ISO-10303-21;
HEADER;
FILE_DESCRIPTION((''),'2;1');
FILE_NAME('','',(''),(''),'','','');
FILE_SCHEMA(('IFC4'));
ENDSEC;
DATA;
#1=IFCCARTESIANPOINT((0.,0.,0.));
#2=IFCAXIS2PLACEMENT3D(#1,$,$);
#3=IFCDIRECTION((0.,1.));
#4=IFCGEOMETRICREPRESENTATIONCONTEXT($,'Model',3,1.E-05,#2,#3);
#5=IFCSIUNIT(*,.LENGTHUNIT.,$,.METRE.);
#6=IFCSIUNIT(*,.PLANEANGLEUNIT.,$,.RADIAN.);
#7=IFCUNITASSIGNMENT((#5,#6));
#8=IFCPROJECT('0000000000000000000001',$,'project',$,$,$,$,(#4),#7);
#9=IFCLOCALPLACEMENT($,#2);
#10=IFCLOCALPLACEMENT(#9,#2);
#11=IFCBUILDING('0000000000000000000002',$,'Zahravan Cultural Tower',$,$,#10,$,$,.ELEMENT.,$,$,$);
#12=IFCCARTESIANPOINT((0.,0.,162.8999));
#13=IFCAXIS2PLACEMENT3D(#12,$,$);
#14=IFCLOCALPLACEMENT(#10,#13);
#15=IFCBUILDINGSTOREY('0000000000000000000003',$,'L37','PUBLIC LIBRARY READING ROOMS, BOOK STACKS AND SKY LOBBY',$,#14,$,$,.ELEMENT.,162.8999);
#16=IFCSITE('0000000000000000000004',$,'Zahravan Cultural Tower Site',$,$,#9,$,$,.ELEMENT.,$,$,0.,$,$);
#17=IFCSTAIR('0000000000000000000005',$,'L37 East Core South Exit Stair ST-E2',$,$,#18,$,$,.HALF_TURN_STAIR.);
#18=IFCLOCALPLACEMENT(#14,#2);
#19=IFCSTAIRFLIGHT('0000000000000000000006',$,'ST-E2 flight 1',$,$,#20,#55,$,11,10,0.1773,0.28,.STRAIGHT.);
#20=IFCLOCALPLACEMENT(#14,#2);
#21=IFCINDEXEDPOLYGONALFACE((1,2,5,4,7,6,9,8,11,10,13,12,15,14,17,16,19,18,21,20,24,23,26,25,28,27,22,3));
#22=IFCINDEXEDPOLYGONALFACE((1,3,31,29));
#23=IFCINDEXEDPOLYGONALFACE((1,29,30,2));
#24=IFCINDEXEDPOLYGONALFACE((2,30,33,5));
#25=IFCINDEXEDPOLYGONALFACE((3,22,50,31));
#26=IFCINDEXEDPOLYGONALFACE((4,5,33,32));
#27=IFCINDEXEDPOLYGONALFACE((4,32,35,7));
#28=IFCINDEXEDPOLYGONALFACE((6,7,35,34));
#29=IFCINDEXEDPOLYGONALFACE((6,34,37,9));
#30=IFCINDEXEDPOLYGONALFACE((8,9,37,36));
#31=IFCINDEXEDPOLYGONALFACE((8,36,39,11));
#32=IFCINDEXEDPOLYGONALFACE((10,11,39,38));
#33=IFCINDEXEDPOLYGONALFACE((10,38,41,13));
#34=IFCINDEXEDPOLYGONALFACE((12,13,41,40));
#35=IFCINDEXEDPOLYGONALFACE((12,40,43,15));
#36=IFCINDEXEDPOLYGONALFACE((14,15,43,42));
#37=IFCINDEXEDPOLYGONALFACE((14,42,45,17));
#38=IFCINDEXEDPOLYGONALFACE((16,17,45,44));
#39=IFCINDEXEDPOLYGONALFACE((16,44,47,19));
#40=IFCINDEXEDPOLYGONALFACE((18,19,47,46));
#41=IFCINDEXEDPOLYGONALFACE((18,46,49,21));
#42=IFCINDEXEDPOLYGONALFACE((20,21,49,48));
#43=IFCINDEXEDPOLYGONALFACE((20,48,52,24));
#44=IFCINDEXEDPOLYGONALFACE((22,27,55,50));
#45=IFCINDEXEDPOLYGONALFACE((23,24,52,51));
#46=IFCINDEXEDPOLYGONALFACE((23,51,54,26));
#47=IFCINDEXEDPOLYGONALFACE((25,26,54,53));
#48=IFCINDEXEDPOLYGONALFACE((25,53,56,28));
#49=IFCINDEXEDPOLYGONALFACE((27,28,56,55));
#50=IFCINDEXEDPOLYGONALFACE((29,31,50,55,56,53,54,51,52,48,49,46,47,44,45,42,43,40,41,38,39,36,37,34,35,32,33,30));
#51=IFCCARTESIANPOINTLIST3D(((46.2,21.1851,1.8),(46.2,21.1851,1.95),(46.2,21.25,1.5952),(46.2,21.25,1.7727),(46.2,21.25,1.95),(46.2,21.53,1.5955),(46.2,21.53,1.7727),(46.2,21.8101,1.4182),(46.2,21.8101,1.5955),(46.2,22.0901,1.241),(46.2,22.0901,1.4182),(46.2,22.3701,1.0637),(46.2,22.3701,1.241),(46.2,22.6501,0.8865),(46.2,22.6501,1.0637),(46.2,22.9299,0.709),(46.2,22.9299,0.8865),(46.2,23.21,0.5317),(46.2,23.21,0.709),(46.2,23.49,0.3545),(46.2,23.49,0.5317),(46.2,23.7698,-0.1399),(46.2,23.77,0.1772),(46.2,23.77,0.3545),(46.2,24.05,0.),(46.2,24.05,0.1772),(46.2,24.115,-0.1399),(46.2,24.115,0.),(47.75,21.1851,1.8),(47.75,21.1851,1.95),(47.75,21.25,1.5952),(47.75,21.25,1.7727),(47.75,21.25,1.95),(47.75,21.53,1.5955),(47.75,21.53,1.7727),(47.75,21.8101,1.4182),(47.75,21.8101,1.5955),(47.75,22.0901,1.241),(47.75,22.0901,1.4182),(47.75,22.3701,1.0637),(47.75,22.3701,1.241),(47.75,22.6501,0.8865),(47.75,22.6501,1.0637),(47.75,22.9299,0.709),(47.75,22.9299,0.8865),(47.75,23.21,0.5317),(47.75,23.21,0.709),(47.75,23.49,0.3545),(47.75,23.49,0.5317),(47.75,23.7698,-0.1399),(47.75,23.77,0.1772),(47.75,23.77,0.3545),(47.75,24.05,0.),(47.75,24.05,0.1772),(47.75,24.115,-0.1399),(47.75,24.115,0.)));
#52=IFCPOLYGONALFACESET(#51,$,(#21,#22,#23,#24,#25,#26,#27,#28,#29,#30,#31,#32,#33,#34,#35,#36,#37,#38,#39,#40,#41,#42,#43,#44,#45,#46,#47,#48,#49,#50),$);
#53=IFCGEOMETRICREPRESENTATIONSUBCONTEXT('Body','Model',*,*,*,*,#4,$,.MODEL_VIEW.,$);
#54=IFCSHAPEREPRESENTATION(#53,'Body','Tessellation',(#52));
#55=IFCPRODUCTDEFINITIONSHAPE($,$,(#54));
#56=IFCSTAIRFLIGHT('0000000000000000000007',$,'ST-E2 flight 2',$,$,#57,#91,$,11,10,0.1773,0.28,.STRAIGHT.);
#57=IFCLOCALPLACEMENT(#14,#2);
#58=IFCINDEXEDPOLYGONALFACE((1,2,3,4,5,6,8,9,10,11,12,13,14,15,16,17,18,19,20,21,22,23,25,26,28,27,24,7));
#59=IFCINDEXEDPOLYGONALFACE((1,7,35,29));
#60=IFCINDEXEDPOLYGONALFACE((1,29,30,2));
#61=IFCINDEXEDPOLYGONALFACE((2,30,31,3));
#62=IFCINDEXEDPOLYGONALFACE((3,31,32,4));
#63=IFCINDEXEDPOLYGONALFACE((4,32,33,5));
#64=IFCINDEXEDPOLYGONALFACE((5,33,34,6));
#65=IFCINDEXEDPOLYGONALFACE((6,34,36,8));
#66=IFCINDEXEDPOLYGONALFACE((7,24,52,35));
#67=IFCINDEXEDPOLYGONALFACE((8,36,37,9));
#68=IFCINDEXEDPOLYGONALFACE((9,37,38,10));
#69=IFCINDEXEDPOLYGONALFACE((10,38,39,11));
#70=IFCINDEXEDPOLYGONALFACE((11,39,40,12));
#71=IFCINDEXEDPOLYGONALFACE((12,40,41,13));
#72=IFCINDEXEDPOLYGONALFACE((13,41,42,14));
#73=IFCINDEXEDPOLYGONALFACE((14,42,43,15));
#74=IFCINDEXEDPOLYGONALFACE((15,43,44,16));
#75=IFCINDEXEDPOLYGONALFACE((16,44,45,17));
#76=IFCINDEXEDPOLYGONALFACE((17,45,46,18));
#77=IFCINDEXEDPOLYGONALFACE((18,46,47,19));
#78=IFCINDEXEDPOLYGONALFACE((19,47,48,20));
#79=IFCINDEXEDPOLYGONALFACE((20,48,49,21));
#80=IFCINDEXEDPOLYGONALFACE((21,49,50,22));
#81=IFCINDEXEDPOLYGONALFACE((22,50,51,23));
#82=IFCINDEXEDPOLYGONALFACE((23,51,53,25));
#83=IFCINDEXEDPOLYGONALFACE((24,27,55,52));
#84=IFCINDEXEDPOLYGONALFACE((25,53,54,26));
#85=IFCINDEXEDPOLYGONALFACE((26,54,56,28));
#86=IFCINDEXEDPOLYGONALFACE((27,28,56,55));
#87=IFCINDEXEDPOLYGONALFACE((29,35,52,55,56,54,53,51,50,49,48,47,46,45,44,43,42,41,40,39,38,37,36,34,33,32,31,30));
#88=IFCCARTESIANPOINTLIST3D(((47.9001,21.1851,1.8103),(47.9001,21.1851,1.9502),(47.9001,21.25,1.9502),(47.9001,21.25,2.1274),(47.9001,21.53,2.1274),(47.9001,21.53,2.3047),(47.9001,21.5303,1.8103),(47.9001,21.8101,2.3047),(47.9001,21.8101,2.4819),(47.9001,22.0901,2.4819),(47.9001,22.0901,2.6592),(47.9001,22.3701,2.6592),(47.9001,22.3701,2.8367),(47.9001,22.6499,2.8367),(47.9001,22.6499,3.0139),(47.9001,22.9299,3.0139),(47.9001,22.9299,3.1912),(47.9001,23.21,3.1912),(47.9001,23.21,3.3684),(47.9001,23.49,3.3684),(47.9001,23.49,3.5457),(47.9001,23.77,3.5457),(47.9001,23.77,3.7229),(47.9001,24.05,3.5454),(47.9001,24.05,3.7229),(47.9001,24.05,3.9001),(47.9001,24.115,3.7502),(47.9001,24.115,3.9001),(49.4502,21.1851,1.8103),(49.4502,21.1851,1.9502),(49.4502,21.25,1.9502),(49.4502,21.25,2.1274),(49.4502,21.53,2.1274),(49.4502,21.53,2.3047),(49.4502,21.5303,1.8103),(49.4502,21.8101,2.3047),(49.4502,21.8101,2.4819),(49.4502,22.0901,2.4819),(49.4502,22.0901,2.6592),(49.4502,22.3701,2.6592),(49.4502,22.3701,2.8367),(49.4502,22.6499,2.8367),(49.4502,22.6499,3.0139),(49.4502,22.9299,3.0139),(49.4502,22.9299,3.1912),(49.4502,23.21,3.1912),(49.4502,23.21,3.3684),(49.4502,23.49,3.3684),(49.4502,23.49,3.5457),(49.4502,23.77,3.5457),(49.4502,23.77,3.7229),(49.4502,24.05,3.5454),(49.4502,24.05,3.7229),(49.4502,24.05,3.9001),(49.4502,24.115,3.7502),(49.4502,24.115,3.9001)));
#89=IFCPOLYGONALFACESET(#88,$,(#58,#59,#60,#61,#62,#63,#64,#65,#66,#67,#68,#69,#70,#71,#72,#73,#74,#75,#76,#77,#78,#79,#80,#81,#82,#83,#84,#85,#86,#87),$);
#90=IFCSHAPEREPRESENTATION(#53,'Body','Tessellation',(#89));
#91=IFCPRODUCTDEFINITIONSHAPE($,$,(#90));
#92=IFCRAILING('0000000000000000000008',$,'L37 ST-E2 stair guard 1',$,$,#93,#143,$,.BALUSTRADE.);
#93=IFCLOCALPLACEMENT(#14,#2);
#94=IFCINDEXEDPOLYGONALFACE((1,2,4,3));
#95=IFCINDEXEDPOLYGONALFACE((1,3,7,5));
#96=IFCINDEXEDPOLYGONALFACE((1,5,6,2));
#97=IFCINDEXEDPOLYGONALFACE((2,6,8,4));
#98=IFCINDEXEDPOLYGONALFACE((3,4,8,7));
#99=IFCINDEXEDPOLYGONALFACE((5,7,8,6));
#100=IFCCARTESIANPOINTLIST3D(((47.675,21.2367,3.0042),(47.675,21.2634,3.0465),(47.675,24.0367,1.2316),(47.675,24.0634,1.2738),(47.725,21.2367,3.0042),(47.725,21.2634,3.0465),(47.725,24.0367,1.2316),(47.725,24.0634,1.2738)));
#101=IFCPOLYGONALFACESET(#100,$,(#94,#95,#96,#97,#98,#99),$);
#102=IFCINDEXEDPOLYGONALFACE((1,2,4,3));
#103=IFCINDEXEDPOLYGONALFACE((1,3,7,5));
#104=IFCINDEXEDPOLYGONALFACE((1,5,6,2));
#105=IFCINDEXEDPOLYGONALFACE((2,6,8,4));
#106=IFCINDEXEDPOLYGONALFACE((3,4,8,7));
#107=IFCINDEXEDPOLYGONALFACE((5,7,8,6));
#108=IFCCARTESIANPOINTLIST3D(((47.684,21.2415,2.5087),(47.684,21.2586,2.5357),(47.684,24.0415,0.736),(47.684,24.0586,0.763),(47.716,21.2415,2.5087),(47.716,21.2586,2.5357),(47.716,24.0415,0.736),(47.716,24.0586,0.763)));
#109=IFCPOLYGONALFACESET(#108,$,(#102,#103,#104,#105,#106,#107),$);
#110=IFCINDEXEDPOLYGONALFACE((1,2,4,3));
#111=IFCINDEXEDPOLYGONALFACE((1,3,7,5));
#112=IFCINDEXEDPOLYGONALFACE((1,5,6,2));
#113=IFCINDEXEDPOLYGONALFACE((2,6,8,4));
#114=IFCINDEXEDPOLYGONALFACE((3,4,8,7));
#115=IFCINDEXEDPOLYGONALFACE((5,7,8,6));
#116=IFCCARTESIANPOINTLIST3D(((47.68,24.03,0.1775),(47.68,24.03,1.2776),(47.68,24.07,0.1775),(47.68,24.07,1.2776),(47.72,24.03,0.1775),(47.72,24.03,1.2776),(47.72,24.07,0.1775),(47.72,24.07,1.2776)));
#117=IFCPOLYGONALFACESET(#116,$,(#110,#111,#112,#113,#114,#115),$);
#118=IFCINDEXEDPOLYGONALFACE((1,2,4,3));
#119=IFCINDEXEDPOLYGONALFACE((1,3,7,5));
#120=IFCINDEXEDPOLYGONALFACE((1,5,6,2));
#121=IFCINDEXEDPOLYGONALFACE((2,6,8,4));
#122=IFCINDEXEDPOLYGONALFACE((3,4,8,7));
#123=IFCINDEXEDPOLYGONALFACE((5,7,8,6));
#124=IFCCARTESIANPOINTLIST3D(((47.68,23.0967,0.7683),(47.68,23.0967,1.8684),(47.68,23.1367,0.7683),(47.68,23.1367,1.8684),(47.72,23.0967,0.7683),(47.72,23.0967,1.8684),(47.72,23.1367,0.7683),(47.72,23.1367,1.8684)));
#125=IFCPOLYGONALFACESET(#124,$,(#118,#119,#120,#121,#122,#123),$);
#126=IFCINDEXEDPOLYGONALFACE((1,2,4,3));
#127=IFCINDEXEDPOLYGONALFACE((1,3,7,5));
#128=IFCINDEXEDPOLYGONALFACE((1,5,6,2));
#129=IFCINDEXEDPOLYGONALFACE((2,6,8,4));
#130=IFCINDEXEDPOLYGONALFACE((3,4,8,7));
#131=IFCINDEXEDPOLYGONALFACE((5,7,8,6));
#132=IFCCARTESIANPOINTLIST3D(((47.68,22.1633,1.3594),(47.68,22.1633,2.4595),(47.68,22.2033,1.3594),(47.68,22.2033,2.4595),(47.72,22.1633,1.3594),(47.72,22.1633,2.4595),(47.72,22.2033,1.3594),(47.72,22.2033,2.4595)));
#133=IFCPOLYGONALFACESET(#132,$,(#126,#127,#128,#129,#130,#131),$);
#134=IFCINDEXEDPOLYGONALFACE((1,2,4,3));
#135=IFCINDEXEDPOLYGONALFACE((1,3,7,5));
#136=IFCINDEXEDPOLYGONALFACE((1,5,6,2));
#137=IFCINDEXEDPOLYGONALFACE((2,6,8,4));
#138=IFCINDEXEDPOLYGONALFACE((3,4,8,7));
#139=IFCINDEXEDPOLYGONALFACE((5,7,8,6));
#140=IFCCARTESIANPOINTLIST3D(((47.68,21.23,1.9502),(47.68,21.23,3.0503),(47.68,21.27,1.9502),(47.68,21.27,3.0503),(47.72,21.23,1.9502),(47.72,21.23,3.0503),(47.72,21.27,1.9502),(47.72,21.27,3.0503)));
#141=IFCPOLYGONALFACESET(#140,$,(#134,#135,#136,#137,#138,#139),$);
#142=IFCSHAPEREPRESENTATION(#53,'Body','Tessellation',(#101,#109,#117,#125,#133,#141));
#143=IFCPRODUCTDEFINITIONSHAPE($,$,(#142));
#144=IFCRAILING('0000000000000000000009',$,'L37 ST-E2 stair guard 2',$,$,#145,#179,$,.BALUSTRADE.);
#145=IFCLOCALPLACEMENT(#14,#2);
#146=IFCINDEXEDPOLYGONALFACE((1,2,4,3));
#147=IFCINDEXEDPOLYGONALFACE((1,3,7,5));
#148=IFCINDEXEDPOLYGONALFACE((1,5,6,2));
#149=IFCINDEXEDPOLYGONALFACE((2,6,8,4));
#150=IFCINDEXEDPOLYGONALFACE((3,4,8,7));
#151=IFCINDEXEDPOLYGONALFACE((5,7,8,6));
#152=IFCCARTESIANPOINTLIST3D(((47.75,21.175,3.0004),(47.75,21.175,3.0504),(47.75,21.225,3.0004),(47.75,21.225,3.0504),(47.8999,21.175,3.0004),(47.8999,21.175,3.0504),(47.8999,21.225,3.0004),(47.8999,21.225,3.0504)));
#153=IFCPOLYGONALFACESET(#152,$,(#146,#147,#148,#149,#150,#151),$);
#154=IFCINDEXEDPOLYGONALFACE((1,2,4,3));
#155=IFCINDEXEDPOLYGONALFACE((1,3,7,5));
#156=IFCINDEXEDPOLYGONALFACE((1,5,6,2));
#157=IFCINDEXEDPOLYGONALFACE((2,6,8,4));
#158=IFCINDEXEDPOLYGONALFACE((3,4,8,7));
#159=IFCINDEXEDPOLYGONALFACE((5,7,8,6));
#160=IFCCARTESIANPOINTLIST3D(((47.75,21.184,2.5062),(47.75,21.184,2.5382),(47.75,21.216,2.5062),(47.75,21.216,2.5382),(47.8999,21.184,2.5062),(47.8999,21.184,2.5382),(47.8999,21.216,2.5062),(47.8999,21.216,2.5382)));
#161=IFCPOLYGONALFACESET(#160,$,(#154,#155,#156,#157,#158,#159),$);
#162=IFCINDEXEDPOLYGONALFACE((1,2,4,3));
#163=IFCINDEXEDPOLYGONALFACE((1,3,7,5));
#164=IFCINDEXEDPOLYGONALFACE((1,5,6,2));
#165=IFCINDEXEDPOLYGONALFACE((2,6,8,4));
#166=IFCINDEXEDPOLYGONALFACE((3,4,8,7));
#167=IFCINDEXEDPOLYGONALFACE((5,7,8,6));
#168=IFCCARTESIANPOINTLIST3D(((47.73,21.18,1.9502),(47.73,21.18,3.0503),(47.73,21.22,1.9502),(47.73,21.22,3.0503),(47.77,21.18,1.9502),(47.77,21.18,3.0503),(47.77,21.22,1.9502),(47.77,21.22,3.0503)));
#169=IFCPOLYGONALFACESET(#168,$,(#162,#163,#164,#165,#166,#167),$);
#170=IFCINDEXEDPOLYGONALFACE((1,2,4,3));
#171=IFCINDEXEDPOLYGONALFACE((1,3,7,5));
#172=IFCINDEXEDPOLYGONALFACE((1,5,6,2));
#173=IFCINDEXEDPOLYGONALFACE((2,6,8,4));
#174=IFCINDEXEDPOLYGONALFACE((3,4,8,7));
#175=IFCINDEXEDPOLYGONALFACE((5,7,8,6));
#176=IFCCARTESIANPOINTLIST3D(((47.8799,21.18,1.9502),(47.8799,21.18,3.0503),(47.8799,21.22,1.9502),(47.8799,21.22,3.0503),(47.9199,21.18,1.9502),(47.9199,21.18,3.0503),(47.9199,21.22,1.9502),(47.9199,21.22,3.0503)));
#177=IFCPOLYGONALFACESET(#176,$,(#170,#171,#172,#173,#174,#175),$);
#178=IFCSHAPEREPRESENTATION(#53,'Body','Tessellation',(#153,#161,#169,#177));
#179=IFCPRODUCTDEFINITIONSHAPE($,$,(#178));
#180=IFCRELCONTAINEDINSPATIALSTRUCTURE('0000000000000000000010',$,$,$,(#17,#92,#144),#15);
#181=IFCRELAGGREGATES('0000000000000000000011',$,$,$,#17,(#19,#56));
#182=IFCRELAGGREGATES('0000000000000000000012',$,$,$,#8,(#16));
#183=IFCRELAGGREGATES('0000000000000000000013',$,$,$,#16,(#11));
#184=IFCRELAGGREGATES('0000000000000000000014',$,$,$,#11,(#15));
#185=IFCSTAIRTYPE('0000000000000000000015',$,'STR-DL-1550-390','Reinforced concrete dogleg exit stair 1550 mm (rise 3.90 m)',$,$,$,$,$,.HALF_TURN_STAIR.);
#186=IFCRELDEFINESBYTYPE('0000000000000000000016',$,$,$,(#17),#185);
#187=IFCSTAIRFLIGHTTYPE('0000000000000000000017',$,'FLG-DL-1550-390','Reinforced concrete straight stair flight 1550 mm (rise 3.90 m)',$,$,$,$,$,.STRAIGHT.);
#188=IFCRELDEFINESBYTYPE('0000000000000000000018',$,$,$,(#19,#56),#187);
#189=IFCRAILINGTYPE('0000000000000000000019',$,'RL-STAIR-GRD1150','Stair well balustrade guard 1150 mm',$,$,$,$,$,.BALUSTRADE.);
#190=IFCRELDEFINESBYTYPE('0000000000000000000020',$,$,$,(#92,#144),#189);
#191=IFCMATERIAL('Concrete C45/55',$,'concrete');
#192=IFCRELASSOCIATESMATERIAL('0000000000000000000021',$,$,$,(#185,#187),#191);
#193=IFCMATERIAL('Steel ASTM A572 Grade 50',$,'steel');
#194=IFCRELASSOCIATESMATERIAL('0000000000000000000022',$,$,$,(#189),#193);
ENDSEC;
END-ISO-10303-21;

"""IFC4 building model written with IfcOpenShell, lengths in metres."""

from ifc_helpers import new_model, si_unit, direction, frame, origin, origin_2d, place, context, subcontext, project, spatial, polyline, rectangle, outline, extrude, material, type_object, element, aggregate, save


model = new_model("IFC4")

# Units and contexts
model_context = context("Model", 3, precision=1e-05, world=origin(), true_north=direction((0.0, 1.0)))
body_context = subcontext(model_context, "Body", "Model", "MODEL_VIEW")
ifc_project = project(units=[si_unit("LENGTHUNIT", "METRE"), si_unit("PLANEANGLEUNIT", "RADIAN")], contexts=[model_context])

# Site, building, storey
site_placement = place(None, origin())
site = spatial("IfcSite", under=ifc_project, at=site_placement, Name="Zahravan Cultural Tower Site", CompositionType="ELEMENT", RefElevation=0.0)
building_placement = place(site_placement, origin())
building = spatial("IfcBuilding", under=site, at=building_placement, Name="Zahravan Cultural Tower", CompositionType="ELEMENT")
storey_placement = place(building_placement, frame((0.0, 0.0, 162.8999)))
storey = spatial("IfcBuildingStorey", under=building, at=storey_placement, Name="L37", Description="PUBLIC LIBRARY READING ROOMS, BOOK STACKS AND SKY LOBBY", CompositionType="ELEMENT", Elevation=162.8999)

# Shared definitions
ifc_material_1 = material(Name="Concrete C45/55", Category="concrete")
ifc_material_2 = material(Name="Steel ASTM A572 Grade 50", Category="steel")

# Stair, stair flights
stair_type = type_object("IfcStairType", Name="STR-DL-1550-390", Description="Reinforced concrete dogleg exit stair 1550 mm (rise 3.90 m)", PredefinedType="HALF_TURN_STAIR", material=ifc_material_1)
stair_placement = place(storey_placement, origin())
stair = element("IfcStair", 1, at=stair_placement, inside=storey, type_object=stair_type, Name="L37 East Core South Exit Stair ST-E2", PredefinedType="HALF_TURN_STAIR")
stair_flight_type = type_object("IfcStairFlightType", Name="FLG-DL-1550-390", Description="Reinforced concrete straight stair flight 1550 mm (rise 3.90 m)", PredefinedType="STRAIGHT", material=ifc_material_1)
stair_flight_1_placement = place(storey_placement, frame((46.9751, 24.05, 0.0), z_axis=(0.0, 0.0, 1.0), x_axis=(0.0, -1.0, 0.0)))
stair_flight_1 = element("IfcStairFlight", 2, at=stair_flight_1_placement, type_object=stair_flight_type, Name="ST-E2 flight 1", NumberOfRisers=11, NumberOfTreads=10, PredefinedType="STRAIGHT", RiserHeight=0.1773, TreadLength=0.28, context=body_context, shape_type="SweptSolid", body=[
    extrude(outline(polyline([(-0.0649, -0.1399), (-0.0649, 0.0), (0.0, 0.0), (0.0, 0.1772), (0.28, 0.1772), (0.28, 0.3545), (0.5601, 0.3545), (0.5601, 0.5317), (0.8401, 0.5317), (0.8401, 0.709), (1.1201, 0.709), (1.1201, 0.8865), (1.3999, 0.8865), (1.3999, 1.0637), (1.6799, 1.0637), (1.6799, 1.241), (1.96, 1.241), (1.96, 1.4182), (2.24, 1.4182), (2.24, 1.5955), (2.52, 1.5955), (2.52, 1.7727), (2.8, 1.7727), (2.8, 1.95), (2.865, 1.95), (2.865, 1.8), (2.8, 1.5952), (0.2803, -0.1399), (-0.0649, -0.1399)])), frame((0.0, 0.7749, 0.0), z_axis=(0.0, -1.0, 0.0), x_axis=(1.0, 0.0, 0.0)), (0.0, 0.0, 1.0), 1.55),
])
stair_flight_2_placement = place(storey_placement, frame((48.675, 21.25, 1.9502), z_axis=(0.0, 0.0, 1.0), x_axis=(0.0, 1.0, 0.0)))
stair_flight_2 = element("IfcStairFlight", 3, at=stair_flight_2_placement, type_object=stair_flight_type, Name="ST-E2 flight 2", NumberOfRisers=11, NumberOfTreads=10, PredefinedType="STRAIGHT", RiserHeight=0.1773, TreadLength=0.28, context=body_context, shape_type="SweptSolid", body=[
    extrude(outline(polyline([(-0.0649, -0.1399), (-0.0649, 0.0), (0.0, 0.0), (0.0, 0.1772), (0.28, 0.1772), (0.28, 0.3545), (0.5601, 0.3545), (0.5601, 0.5317), (0.8401, 0.5317), (0.8401, 0.709), (1.1201, 0.709), (1.1201, 0.8865), (1.3999, 0.8865), (1.3999, 1.0637), (1.6799, 1.0637), (1.6799, 1.241), (1.96, 1.241), (1.96, 1.4182), (2.24, 1.4182), (2.24, 1.5955), (2.52, 1.5955), (2.52, 1.7727), (2.8, 1.7727), (2.8, 1.95), (2.865, 1.95), (2.865, 1.8), (2.8, 1.5952), (0.2803, -0.1399), (-0.0649, -0.1399)])), frame((0.0, 0.7749, 0.0), z_axis=(0.0, -1.0, 0.0), x_axis=(1.0, 0.0, 0.0)), (0.0, 0.0, 1.0), 1.55),
])
aggregate(stair, [stair_flight_1, stair_flight_2])

# Railings
railing_type_1 = type_object("IfcRailingType", Name="RL-STAIR-GRD1150", Description="Stair well balustrade guard 1150 mm", PredefinedType="BALUSTRADE", material=ifc_material_2)
railing_1_placement = place(storey_placement, frame((47.7, 24.05, 0.1775)))
element("IfcRailing", 4, at=railing_1_placement, inside=storey, type_object=railing_type_1, Name="L37 ST-E2 stair guard 1", PredefinedType="BALUSTRADE", context=body_context, shape_type="SweptSolid", body=[
    extrude(rectangle(XDim=0.05, YDim=0.05, at=origin_2d()), frame((0.0, 0.0, 1.0752), z_axis=(0.0, -0.844909, 0.53491), x_axis=(1.0, 0.0, 0.0)), (0.0, 0.0, 1.0), 3.314),
    extrude(rectangle(XDim=0.032, YDim=0.032, at=origin_2d()), frame((0.0, 0.0, 0.572), z_axis=(0.0, -0.844909, 0.53491), x_axis=(1.0, 0.0, 0.0)), (0.0, 0.0, 1.0), 3.314),
    extrude(rectangle(XDim=0.04, YDim=0.04, at=origin_2d()), origin(), (0.0, 0.0, 1.0), 1.1001),
    extrude(rectangle(XDim=0.04, YDim=0.04, at=origin_2d()), frame((0.0, -0.9333, 0.5908)), (0.0, 0.0, 1.0), 1.1001),
    extrude(rectangle(XDim=0.04, YDim=0.04, at=origin_2d()), frame((0.0, -1.8667, 1.1819)), (0.0, 0.0, 1.0), 1.1001),
    extrude(rectangle(XDim=0.04, YDim=0.04, at=origin_2d()), frame((0.0, -2.8, 1.7727)), (0.0, 0.0, 1.0), 1.1001),
])
railing_2_placement = place(storey_placement, frame((47.75, 21.2, 1.9502)))
element("IfcRailing", 5, at=railing_2_placement, inside=storey, type_object=railing_type_1, Name="L37 ST-E2 stair guard 2", PredefinedType="BALUSTRADE", context=body_context, shape_type="SweptSolid", body=[
    extrude(rectangle(XDim=0.05, YDim=0.05, at=origin_2d()), frame((0.0, 0.0, 1.0752), z_axis=(1.0, 0.0, 0.0), x_axis=(0.0, 1.0, 0.0)), (0.0, 0.0, 1.0), 0.1499),
    extrude(rectangle(XDim=0.032, YDim=0.032, at=origin_2d()), frame((0.0, 0.0, 0.572), z_axis=(1.0, 0.0, 0.0), x_axis=(0.0, 1.0, 0.0)), (0.0, 0.0, 1.0), 0.1499),
    extrude(rectangle(XDim=0.04, YDim=0.04, at=origin_2d()), origin(), (0.0, 0.0, 1.0), 1.1001),
    extrude(rectangle(XDim=0.04, YDim=0.04, at=origin_2d()), frame((0.1499, 0.0, 0.0)), (0.0, 0.0, 1.0), 1.1001),
])

save(model, "model.ifc")
